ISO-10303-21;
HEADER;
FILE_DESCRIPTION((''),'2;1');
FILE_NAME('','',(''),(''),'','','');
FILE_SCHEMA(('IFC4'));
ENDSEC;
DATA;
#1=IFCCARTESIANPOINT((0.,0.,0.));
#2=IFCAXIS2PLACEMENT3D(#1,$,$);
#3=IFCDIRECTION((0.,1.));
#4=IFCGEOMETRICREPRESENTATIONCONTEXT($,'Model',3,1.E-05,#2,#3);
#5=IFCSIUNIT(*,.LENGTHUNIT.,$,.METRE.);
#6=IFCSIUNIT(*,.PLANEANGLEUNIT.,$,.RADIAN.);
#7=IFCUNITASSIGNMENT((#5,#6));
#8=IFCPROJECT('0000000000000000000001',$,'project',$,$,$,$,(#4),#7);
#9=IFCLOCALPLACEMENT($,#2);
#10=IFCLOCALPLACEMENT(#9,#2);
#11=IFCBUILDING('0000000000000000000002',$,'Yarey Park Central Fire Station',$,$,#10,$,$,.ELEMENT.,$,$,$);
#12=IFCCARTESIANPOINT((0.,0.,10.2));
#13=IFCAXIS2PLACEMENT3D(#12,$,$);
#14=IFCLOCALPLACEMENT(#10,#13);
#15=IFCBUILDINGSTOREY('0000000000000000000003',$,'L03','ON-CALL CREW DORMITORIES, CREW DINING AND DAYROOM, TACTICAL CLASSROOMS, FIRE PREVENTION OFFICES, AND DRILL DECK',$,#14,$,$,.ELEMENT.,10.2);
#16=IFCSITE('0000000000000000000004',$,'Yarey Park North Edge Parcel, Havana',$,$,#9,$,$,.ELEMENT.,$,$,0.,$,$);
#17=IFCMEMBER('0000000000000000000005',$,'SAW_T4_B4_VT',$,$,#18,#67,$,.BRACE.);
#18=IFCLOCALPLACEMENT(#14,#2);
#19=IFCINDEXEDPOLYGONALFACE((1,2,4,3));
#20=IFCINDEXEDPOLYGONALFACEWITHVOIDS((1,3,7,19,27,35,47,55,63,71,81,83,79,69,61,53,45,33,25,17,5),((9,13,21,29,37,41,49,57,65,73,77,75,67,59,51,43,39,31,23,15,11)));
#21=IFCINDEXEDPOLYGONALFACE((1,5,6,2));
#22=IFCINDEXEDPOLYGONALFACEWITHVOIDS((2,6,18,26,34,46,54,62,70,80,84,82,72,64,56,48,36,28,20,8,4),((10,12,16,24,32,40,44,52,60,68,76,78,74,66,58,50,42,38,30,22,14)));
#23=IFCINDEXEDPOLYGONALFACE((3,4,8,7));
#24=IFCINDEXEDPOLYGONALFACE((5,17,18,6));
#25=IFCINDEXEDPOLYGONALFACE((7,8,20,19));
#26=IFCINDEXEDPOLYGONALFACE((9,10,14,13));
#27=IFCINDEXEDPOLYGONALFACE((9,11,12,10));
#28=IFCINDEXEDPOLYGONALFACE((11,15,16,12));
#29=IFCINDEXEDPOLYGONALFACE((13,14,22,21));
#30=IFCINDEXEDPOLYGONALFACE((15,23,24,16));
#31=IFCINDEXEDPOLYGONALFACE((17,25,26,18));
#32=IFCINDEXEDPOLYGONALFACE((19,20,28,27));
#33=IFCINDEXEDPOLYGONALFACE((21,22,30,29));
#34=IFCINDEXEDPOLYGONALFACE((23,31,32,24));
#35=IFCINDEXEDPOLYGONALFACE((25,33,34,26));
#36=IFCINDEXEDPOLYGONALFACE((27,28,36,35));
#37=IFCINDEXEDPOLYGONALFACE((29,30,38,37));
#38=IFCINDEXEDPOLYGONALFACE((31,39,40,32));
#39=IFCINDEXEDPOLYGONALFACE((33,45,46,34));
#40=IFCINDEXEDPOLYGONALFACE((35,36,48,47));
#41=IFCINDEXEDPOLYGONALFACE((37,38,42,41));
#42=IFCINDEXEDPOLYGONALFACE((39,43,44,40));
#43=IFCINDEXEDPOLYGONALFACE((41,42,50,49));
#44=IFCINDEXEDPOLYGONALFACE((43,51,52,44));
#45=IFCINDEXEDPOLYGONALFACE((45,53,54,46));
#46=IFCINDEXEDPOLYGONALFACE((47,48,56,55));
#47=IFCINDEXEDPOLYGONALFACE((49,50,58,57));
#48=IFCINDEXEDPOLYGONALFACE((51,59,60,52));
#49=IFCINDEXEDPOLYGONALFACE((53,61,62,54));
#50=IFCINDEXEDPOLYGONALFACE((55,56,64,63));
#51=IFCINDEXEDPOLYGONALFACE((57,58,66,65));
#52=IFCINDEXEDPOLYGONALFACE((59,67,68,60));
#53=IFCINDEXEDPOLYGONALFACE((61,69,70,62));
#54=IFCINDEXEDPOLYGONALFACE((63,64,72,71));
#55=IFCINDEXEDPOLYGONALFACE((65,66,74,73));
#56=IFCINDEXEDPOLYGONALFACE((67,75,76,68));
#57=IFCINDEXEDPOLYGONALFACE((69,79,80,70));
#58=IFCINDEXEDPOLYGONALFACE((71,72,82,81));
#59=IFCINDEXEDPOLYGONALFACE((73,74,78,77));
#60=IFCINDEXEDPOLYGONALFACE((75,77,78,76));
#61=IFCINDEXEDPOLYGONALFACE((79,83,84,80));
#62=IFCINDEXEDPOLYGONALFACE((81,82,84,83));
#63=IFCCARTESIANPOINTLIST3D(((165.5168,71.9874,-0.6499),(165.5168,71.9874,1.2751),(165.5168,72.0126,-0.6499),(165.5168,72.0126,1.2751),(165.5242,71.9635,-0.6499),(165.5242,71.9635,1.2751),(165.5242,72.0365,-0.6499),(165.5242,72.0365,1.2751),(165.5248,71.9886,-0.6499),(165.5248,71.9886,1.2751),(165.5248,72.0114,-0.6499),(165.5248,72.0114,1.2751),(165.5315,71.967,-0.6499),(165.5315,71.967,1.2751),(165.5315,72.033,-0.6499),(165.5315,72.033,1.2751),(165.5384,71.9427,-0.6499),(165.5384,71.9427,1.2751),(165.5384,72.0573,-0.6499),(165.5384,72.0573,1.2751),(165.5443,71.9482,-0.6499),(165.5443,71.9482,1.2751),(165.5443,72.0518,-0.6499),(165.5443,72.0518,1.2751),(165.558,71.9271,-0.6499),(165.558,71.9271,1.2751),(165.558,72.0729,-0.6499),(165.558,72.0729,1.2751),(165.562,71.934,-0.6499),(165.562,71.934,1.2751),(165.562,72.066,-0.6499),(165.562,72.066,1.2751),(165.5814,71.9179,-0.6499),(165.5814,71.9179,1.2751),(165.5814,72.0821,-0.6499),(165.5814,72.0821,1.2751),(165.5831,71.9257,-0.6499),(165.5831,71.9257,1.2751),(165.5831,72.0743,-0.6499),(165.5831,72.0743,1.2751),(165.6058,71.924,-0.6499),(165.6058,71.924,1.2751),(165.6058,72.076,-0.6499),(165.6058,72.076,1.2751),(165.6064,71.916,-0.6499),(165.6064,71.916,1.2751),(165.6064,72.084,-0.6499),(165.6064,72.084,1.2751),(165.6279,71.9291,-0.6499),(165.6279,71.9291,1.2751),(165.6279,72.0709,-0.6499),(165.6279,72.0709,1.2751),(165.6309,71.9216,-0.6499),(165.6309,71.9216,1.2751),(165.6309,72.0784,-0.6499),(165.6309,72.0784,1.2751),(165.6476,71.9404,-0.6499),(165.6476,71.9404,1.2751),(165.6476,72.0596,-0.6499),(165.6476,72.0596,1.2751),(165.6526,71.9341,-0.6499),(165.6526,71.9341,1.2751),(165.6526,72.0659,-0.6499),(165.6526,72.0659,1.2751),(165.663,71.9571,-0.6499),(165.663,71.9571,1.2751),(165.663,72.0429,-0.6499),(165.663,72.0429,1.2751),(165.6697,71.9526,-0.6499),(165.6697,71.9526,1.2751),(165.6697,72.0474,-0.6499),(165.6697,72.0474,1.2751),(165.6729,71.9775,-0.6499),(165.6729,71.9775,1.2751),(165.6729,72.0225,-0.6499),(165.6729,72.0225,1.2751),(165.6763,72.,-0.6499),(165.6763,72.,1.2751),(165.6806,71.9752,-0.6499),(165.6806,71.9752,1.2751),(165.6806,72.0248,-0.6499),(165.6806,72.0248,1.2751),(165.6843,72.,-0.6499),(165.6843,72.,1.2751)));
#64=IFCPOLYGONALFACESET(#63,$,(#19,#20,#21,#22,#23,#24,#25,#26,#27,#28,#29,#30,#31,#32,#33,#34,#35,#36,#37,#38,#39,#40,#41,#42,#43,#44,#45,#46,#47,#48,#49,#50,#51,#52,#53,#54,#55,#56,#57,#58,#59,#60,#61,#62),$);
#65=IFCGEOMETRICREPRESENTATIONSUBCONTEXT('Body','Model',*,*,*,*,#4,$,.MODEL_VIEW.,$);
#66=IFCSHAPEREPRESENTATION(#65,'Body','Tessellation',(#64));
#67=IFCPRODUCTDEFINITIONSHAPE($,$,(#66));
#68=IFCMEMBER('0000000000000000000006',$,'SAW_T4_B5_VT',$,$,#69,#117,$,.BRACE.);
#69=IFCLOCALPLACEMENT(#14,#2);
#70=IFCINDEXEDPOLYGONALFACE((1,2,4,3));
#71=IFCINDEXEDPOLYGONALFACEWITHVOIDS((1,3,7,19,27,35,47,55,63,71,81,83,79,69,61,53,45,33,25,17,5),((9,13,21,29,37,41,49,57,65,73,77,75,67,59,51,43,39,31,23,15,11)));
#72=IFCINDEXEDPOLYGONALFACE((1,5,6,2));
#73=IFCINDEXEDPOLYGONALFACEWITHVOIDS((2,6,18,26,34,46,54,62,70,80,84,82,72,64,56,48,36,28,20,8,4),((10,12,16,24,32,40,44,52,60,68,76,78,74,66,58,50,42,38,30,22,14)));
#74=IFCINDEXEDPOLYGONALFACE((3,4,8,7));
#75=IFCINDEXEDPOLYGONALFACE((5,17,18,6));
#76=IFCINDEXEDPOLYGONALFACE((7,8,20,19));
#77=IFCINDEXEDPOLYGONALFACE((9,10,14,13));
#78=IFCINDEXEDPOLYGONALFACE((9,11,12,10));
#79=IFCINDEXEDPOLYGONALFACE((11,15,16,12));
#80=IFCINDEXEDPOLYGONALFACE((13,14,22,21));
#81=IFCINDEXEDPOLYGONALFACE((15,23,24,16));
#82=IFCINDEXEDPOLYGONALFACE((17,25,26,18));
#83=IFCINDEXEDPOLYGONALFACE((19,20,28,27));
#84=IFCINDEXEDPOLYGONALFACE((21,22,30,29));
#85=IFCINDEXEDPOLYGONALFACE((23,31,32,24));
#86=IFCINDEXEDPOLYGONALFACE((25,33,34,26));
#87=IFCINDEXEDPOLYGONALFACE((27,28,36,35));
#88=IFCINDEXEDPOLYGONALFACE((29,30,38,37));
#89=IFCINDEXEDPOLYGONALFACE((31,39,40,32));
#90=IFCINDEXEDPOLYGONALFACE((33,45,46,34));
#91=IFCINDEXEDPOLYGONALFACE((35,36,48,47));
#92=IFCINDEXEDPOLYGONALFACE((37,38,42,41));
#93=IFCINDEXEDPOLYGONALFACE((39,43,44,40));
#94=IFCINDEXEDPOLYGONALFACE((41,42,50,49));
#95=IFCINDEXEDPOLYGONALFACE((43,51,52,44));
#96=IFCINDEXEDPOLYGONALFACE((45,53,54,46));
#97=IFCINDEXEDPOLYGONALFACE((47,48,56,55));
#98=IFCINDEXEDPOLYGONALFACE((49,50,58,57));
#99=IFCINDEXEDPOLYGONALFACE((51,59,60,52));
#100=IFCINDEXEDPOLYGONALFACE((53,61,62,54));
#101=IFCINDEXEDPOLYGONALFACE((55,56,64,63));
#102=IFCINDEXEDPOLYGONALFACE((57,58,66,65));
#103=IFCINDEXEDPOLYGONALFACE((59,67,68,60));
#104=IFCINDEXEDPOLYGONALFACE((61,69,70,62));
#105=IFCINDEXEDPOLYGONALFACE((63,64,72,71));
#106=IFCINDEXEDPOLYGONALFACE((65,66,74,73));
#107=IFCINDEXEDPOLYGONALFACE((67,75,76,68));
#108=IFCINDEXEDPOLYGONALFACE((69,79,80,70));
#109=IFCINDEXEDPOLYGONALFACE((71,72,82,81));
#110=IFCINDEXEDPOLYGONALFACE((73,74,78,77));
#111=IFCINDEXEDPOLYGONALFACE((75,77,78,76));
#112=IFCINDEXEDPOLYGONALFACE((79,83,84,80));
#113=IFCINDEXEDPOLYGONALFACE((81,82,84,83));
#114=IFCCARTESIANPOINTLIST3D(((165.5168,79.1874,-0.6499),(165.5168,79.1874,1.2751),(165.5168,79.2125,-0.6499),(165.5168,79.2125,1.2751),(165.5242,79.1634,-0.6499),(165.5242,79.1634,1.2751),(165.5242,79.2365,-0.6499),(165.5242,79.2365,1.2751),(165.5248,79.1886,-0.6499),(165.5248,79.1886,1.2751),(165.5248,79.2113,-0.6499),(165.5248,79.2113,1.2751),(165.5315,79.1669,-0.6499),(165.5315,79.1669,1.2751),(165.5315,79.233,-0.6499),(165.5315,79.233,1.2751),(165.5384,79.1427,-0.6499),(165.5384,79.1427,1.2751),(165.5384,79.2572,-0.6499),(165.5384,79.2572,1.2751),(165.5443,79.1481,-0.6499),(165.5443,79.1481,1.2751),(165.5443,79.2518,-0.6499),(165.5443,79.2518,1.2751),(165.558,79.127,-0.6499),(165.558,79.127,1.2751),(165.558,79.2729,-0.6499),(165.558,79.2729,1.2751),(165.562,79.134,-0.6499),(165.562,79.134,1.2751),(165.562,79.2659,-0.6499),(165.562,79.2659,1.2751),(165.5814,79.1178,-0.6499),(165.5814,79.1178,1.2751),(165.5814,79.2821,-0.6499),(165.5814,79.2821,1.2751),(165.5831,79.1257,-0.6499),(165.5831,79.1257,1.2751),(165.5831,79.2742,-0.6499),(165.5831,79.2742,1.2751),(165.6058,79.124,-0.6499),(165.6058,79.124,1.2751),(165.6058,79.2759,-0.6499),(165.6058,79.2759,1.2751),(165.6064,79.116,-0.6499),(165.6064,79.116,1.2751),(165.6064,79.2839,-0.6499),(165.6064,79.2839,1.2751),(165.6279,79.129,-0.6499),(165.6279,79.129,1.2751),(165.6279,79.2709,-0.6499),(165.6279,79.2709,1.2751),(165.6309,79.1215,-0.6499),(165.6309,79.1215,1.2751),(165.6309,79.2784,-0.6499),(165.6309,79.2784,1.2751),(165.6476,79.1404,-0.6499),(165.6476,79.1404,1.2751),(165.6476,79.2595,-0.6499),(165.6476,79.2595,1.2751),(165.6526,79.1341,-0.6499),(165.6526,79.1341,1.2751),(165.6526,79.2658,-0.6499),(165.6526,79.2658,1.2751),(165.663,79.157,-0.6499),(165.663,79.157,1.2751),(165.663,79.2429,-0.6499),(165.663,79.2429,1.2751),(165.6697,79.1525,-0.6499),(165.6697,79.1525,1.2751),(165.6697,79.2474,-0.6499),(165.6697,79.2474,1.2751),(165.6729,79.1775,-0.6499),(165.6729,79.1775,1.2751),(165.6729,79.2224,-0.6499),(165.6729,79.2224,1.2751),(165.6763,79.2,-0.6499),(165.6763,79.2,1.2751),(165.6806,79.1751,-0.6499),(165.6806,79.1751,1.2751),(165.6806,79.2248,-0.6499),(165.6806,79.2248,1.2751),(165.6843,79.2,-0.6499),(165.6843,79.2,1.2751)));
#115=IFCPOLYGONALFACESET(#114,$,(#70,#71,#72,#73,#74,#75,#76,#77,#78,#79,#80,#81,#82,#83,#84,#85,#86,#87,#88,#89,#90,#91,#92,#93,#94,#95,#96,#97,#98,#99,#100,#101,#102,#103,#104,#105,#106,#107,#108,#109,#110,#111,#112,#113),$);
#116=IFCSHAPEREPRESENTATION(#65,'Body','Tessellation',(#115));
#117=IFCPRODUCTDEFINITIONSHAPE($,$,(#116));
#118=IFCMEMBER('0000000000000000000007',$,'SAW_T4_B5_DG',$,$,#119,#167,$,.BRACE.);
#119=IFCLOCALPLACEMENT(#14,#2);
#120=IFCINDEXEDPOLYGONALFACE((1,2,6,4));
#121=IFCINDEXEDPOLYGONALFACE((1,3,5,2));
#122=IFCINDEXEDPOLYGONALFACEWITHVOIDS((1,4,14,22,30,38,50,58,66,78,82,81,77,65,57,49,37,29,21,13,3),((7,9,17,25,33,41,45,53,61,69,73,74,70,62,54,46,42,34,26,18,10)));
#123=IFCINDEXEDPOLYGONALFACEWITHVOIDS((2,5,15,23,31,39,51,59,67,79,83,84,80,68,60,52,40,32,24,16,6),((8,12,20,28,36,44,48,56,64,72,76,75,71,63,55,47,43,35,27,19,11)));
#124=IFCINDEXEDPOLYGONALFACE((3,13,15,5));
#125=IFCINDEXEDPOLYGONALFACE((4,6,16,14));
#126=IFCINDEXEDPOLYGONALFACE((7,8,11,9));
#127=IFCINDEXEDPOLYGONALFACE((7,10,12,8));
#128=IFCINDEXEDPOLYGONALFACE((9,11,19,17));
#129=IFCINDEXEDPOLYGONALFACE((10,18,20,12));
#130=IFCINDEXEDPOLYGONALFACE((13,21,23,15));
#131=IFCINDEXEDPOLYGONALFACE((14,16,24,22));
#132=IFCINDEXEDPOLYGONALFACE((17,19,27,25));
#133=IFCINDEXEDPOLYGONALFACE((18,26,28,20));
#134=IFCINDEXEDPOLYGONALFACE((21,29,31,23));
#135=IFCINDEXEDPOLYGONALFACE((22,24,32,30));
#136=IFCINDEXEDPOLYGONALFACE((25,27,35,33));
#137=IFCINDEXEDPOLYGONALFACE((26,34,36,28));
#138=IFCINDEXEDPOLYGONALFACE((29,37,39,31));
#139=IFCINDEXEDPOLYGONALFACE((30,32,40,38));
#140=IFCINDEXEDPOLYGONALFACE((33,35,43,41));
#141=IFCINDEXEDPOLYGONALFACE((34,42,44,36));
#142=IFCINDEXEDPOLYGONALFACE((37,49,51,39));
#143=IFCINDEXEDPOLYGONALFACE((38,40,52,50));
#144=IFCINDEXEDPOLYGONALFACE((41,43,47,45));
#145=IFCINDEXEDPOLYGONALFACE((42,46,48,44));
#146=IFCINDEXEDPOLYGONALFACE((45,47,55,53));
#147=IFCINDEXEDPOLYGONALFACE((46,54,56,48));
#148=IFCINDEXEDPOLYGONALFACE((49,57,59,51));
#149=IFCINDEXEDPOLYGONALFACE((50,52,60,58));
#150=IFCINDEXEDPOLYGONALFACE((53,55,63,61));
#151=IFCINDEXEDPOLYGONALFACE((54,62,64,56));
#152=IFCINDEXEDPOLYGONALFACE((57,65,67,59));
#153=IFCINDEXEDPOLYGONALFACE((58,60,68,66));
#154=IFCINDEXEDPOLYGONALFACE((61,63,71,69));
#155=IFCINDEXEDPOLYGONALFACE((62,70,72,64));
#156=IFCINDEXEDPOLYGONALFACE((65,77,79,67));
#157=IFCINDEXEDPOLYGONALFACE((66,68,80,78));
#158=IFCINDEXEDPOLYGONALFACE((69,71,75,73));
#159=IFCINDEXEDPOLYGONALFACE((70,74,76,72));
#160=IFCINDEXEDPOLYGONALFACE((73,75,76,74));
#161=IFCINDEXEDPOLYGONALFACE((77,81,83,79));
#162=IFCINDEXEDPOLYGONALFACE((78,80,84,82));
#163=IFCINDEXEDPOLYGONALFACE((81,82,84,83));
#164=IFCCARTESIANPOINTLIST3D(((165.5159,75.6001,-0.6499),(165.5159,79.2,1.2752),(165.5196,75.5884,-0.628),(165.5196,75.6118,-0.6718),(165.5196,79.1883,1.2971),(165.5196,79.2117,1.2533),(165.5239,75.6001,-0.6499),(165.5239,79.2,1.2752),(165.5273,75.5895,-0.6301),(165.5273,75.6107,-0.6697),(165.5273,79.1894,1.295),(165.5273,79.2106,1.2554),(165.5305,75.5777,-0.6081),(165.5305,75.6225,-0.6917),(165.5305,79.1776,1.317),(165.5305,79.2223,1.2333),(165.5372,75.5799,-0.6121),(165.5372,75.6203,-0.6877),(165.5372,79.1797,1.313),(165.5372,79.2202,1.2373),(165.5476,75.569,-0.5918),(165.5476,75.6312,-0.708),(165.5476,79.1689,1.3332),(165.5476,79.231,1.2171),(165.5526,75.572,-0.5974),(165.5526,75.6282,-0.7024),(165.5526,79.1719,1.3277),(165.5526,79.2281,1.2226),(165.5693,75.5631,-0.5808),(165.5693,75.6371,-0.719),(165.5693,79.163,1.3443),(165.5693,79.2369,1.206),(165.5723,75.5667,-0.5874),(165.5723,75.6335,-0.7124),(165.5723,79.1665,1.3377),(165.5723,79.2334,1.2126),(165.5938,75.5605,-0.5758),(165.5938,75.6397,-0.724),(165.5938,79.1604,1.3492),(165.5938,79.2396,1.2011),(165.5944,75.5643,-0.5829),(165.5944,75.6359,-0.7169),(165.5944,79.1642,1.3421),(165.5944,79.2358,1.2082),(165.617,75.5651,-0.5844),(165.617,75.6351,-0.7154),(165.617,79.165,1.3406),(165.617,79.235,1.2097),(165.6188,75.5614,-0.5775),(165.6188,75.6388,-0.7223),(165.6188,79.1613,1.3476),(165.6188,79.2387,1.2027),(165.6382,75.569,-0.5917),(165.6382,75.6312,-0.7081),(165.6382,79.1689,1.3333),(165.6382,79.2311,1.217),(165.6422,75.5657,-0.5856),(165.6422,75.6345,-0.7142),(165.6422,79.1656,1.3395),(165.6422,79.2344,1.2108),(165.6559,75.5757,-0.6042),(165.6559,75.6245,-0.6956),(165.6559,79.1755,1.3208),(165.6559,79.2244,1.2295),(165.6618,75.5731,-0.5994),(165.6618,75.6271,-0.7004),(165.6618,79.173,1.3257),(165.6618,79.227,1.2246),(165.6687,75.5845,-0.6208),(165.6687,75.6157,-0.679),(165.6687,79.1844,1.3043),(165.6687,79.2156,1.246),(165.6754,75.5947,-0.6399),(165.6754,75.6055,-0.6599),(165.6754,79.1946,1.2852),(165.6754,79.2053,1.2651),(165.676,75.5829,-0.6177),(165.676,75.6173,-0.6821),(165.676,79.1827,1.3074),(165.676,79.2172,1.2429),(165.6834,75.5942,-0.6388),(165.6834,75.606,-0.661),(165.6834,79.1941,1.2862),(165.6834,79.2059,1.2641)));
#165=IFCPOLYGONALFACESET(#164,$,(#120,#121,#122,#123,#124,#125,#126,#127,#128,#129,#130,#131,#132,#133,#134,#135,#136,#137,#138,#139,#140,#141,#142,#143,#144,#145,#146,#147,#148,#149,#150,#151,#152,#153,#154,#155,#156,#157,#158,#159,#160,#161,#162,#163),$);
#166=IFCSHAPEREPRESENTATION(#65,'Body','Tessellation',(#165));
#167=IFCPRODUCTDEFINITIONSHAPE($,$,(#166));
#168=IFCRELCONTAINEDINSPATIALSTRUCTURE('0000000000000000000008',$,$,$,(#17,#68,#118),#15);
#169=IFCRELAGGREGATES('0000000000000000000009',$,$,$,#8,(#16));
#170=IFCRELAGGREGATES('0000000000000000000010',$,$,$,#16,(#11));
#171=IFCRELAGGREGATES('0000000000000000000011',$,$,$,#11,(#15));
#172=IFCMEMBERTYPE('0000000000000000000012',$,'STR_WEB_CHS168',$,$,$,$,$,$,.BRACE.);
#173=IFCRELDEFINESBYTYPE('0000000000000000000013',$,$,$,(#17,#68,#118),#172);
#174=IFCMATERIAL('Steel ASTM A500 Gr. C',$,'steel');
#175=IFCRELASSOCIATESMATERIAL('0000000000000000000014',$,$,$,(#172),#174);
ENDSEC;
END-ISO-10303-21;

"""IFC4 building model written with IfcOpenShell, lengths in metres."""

from ifc_helpers import new_model, si_unit, direction, frame, origin, origin_2d, place, context, subcontext, project, spatial, hollow_circle, extrude, material, material_profile, profile_set, type_object, element, save


model = new_model("IFC4")

# Units and contexts
model_context = context("Model", 3, precision=1e-05, world=origin(), true_north=direction((0.0, 1.0)))
body_context = subcontext(model_context, "Body", "Model", "MODEL_VIEW")
ifc_project = project(units=[si_unit("LENGTHUNIT", "METRE"), si_unit("PLANEANGLEUNIT", "RADIAN")], contexts=[model_context])

# Site, building, storey
site_placement = place(None, origin())
site = spatial("IfcSite", under=ifc_project, at=site_placement, Name="Yarey Park North Edge Parcel, Havana", CompositionType="ELEMENT", RefElevation=0.0)
building_placement = place(site_placement, origin())
building = spatial("IfcBuilding", under=site, at=building_placement, Name="Yarey Park Central Fire Station", CompositionType="ELEMENT")
storey_placement = place(building_placement, frame((0.0, 0.0, 10.2)))
storey = spatial("IfcBuildingStorey", under=building, at=storey_placement, Name="L03", Description="ON-CALL CREW DORMITORIES, CREW DINING AND DAYROOM, TACTICAL CLASSROOMS, FIRE PREVENTION OFFICES, AND DRILL DECK", CompositionType="ELEMENT", Elevation=10.2)

# Shared definitions
ifc_material_1 = material(Name="Steel ASTM A500 Gr. C", Category="steel")

# Members
ifc_material_profile_1 = material_profile(ifc_material_1, hollow_circle(Radius=0.0842, WallThickness=0.0081, at=origin_2d()), Name="CHS 168.3x8")
ifc_profile_set_1 = profile_set([ifc_material_profile_1], Name="Steel ASTM A500 Gr. C")
member_type_1 = type_object("IfcMemberType", Name="STR_WEB_CHS168", PredefinedType="BRACE", material=ifc_profile_set_1)
for number, where, z_axis, x_axis, name in (
    (1, (165.6001, 72.0, -0.6499), (0.0, 0.0, 1.0), (1.0, 0.0, 0.0), "SAW_T4_B4_VT"),
    (2, (165.6001, 79.2, -0.6499), (0.0, 0.0, 1.0), (1.0, 0.0, 0.0), "SAW_T4_B5_VT"),
):
    element("IfcMember", number, at=place(storey_placement, frame(where, z_axis=z_axis, x_axis=x_axis)), inside=storey, type_object=member_type_1, Name=name, PredefinedType="BRACE", context=body_context, shape_type="SweptSolid", body=[
        extrude(hollow_circle(Radius=0.0842, WallThickness=0.0081, at=origin_2d()), origin(), (0.0, 0.0, 1.0), 1.925),
    ])
for number, where, z_axis, x_axis, name in (
    (3, (165.6001, 75.6001, -0.6499), (0.0, 0.881831, 0.471566), (-1.0, 0.0, 0.0), "SAW_T4_B5_DG"),
):
    element("IfcMember", number, at=place(storey_placement, frame(where, z_axis=z_axis, x_axis=x_axis)), inside=storey, type_object=member_type_1, Name=name, PredefinedType="BRACE", context=body_context, shape_type="SweptSolid", body=[
        extrude(hollow_circle(Radius=0.0842, WallThickness=0.0081, at=origin_2d()), origin(), (0.0, 0.0, 1.0), 4.0823),
    ])

save(model, "model.ifc")
